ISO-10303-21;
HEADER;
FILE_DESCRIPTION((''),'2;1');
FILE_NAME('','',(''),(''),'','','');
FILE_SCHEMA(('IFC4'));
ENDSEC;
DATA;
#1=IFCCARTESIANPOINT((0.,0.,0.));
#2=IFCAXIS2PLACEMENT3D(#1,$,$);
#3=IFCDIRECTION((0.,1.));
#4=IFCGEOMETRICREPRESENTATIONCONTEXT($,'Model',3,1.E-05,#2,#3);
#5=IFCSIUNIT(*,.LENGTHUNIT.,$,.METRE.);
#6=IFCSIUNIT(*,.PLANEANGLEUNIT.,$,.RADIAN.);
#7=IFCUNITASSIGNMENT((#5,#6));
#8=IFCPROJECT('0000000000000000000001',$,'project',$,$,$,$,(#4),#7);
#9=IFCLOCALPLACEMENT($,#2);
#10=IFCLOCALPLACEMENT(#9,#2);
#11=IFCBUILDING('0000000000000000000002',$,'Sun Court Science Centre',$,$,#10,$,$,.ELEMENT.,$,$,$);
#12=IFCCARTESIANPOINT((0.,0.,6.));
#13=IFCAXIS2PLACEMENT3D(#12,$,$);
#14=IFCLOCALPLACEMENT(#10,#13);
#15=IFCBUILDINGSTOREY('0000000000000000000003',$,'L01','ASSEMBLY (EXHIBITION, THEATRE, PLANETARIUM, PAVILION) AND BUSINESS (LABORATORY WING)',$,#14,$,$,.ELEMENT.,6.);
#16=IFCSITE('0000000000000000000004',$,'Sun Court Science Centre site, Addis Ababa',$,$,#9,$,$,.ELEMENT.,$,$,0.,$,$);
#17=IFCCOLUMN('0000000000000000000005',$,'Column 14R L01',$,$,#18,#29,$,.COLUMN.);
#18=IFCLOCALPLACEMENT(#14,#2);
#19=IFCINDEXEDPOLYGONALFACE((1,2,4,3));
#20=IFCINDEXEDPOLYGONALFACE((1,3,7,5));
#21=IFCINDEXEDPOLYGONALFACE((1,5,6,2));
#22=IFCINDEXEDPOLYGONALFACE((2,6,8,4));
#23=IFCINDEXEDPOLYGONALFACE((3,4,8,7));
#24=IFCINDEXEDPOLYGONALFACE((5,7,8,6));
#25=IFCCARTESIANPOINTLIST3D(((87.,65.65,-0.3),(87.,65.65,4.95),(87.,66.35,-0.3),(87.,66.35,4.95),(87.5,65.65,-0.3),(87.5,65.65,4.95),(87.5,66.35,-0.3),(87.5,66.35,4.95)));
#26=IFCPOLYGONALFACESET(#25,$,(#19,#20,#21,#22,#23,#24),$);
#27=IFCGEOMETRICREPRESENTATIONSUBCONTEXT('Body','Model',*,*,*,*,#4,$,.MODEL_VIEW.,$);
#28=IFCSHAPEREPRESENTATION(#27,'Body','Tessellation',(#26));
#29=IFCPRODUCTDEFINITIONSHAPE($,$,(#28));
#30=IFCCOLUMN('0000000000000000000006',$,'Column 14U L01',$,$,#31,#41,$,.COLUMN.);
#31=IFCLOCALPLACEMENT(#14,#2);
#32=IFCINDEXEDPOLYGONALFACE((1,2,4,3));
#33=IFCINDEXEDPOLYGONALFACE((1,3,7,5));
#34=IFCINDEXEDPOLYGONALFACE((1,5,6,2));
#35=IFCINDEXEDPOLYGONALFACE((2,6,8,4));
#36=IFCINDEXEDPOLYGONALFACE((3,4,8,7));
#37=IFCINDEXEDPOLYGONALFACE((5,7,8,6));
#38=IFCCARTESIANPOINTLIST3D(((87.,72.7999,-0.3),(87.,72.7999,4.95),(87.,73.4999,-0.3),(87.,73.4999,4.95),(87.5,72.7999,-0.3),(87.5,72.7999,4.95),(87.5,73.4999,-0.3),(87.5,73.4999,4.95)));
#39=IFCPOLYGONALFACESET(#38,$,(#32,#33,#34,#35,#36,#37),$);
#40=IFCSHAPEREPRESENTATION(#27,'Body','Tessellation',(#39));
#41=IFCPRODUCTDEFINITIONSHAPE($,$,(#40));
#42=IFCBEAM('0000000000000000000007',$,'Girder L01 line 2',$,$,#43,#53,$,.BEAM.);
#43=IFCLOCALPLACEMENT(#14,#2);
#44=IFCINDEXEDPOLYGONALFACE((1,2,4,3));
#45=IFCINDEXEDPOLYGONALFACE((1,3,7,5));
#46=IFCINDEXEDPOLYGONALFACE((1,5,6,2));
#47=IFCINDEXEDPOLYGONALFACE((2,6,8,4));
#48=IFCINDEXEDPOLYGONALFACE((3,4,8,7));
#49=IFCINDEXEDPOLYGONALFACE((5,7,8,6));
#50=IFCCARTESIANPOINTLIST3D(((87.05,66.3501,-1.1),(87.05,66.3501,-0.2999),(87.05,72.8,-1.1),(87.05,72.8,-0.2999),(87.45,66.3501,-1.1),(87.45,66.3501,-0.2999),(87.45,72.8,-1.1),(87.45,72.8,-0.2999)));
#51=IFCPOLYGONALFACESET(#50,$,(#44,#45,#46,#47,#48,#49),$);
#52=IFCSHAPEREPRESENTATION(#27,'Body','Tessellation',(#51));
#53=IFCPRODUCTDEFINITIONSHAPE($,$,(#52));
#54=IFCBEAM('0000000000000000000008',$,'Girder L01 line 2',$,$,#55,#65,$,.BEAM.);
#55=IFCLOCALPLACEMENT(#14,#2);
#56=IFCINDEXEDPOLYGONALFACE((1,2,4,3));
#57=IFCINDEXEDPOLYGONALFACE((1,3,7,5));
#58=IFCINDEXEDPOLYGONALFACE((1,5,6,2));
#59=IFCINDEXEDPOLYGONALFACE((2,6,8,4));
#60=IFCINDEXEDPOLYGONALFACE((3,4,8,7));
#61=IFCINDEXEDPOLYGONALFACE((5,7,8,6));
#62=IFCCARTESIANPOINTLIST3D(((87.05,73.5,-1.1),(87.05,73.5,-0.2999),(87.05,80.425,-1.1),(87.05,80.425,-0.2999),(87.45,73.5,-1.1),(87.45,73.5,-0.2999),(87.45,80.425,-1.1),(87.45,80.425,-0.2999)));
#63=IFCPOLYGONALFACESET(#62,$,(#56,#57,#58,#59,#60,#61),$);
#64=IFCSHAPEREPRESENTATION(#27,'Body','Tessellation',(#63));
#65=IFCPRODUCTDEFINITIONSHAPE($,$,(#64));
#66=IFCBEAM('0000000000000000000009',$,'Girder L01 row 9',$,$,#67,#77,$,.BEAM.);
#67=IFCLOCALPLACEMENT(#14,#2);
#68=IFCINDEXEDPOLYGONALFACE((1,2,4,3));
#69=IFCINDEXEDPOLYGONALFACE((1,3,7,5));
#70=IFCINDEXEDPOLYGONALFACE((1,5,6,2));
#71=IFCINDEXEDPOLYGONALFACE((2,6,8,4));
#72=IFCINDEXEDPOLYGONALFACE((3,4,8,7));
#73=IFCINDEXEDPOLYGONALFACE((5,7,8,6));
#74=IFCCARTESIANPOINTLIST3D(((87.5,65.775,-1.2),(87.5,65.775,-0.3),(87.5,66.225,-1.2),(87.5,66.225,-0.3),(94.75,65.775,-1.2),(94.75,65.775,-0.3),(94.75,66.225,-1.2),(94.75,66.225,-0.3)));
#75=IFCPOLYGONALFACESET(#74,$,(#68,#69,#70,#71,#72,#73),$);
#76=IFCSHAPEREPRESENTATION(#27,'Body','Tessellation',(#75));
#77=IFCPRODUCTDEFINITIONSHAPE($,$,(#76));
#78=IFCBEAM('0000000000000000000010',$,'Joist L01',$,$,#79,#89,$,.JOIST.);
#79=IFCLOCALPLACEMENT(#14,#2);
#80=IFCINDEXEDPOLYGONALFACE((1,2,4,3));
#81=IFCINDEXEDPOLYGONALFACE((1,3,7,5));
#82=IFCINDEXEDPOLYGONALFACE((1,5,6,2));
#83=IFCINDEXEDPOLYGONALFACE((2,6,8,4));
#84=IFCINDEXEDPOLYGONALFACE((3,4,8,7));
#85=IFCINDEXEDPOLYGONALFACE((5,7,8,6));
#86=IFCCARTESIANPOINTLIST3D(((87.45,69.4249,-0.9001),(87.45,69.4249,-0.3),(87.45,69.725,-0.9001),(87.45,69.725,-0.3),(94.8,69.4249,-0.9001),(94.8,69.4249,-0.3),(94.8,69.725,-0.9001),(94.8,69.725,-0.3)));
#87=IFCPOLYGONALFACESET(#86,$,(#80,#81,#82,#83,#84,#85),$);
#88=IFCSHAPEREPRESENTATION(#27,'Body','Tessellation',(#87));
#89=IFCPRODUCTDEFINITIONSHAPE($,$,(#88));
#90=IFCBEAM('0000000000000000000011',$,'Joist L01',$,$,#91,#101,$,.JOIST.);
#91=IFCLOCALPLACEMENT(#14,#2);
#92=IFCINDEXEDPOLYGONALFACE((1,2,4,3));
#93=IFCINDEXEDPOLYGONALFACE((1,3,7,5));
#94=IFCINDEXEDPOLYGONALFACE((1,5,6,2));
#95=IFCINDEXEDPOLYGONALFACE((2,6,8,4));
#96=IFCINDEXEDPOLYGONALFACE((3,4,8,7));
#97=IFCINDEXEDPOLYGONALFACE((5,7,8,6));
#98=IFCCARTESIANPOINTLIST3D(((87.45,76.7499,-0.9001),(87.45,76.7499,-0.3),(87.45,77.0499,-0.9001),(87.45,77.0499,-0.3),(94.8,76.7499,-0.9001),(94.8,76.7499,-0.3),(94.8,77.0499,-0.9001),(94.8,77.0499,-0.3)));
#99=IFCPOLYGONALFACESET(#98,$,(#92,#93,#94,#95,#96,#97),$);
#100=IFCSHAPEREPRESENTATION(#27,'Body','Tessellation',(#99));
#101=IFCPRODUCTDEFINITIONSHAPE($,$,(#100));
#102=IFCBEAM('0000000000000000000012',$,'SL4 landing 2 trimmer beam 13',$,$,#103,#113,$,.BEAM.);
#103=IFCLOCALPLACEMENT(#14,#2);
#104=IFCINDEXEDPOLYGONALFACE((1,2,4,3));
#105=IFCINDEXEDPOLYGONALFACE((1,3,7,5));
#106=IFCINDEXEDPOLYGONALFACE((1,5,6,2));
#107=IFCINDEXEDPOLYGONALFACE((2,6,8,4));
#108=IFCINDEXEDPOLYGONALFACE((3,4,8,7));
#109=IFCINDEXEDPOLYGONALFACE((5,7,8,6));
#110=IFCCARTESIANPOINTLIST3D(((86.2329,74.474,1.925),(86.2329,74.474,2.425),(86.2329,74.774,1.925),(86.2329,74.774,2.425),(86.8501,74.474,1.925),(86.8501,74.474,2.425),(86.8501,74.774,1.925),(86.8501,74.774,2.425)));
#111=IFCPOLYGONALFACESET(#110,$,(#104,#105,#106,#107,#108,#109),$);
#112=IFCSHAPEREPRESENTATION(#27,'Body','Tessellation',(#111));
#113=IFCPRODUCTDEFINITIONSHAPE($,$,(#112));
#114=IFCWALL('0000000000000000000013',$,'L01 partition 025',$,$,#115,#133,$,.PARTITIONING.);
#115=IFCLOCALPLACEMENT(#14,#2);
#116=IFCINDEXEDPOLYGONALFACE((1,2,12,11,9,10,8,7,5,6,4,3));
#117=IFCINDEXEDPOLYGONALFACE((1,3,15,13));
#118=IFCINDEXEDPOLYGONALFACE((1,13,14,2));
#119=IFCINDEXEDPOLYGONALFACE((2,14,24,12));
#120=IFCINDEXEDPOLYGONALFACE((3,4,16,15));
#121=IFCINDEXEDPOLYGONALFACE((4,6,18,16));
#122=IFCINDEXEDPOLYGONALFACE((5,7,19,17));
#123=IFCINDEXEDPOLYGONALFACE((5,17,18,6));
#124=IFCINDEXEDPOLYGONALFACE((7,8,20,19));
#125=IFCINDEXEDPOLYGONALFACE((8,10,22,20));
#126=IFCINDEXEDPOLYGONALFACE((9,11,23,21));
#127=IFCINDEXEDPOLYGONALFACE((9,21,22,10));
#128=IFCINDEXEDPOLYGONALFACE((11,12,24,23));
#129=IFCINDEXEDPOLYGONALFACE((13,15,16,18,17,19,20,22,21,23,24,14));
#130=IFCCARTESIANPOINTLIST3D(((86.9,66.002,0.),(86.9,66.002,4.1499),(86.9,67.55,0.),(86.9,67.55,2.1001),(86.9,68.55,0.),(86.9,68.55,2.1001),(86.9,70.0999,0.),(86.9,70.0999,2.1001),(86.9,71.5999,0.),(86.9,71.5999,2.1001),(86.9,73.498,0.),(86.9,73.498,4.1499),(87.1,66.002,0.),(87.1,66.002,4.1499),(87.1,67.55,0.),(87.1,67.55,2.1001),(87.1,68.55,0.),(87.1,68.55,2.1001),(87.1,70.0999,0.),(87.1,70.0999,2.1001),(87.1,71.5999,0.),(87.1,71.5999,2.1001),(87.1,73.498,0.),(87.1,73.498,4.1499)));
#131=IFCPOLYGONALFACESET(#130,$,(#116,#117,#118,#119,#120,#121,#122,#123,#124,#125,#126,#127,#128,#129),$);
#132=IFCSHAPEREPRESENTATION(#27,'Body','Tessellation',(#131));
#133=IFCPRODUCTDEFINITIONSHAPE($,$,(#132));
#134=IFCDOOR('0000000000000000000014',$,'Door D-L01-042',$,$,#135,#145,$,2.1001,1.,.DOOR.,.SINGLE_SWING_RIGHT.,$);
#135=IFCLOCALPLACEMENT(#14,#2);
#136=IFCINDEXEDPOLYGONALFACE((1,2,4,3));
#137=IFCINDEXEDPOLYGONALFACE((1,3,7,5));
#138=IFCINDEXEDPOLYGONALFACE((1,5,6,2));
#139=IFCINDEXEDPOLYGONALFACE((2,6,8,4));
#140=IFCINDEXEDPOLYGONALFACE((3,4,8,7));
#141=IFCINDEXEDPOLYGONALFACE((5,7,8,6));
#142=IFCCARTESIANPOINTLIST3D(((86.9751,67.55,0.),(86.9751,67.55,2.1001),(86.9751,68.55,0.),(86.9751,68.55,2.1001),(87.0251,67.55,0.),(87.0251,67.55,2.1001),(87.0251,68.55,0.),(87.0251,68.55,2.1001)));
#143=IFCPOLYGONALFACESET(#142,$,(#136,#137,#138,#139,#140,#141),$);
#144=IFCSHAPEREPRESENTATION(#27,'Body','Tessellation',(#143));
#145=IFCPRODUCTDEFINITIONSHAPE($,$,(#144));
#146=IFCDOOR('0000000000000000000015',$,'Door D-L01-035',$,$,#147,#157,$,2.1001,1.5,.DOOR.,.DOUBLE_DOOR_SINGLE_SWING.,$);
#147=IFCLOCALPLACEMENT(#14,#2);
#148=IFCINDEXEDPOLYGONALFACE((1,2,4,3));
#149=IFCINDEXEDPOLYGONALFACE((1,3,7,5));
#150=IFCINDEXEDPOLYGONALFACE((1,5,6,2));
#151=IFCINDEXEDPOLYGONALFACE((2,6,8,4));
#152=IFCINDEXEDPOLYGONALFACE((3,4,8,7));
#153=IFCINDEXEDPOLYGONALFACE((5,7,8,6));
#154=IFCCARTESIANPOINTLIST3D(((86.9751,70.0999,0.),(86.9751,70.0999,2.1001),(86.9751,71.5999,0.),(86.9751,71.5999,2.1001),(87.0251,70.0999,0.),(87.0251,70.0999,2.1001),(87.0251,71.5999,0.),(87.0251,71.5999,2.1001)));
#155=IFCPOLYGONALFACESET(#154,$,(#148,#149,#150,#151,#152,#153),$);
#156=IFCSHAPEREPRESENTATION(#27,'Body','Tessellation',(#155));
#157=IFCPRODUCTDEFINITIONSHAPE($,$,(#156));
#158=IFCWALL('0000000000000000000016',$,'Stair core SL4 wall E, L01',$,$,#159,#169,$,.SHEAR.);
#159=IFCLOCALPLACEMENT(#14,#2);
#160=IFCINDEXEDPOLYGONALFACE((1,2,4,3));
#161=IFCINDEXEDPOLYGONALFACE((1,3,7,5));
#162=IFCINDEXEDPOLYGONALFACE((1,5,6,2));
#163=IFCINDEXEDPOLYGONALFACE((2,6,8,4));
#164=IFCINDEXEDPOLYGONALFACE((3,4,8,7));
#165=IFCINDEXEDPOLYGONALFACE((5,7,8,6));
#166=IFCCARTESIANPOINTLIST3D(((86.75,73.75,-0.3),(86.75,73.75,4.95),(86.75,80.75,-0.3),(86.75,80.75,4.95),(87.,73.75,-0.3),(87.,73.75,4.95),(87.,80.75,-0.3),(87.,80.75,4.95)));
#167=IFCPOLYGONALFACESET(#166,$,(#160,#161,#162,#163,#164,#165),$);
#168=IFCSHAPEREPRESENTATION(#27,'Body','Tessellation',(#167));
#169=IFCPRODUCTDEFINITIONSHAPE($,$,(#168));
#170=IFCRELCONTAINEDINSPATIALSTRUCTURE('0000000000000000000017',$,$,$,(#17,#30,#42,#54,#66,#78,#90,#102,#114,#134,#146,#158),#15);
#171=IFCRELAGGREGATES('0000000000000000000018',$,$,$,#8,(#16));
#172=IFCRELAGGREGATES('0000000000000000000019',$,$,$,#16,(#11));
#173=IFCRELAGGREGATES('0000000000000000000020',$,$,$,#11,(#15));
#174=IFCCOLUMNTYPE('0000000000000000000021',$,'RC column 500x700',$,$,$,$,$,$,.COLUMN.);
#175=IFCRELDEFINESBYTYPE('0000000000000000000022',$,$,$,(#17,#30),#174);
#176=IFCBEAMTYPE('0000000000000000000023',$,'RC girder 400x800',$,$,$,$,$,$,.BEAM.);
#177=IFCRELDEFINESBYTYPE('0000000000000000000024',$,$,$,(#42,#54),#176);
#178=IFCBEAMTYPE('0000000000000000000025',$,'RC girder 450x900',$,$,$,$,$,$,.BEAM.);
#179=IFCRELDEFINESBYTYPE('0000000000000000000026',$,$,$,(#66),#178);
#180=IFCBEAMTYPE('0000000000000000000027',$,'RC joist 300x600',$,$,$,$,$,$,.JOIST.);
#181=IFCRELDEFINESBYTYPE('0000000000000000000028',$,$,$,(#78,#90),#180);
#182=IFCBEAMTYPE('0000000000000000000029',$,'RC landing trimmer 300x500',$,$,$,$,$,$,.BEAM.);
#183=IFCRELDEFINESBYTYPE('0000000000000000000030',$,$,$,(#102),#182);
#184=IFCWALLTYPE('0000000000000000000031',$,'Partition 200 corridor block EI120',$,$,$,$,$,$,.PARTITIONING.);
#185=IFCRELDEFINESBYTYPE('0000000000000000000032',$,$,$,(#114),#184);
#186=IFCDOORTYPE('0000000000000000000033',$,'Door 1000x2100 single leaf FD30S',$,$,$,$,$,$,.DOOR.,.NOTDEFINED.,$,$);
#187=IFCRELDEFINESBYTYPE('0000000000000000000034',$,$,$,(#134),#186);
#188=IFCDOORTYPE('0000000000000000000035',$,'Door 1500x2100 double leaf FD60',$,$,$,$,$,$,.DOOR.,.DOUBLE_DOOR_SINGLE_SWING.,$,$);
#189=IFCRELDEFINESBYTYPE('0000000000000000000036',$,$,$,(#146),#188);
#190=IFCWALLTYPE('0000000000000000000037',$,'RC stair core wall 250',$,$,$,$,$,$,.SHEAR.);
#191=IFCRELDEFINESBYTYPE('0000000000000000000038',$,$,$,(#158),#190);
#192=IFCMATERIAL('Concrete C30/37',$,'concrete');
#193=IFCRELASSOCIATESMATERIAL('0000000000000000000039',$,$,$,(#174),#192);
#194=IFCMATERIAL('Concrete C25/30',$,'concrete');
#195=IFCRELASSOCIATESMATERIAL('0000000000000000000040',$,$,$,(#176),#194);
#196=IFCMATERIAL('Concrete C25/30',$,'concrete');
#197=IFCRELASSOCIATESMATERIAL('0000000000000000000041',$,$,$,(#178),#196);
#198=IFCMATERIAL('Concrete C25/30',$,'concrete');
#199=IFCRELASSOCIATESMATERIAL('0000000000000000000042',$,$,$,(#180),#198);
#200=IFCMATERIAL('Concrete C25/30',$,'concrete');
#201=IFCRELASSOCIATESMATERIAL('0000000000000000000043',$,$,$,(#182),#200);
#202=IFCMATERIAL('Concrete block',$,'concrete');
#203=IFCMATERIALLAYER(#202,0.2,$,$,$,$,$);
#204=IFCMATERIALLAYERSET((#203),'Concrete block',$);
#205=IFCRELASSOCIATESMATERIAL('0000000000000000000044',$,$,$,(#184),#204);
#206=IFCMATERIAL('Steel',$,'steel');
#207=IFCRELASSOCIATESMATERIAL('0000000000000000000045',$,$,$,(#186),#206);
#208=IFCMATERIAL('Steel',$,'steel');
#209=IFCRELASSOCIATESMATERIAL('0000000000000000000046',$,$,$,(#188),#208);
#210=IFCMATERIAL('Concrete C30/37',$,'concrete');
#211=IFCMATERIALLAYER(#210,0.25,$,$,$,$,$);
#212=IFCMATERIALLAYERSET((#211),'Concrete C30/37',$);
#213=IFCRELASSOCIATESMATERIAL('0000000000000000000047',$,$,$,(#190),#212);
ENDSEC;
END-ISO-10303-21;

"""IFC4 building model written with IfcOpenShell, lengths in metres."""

from ifc_helpers import new_model, si_unit, direction, frame, frame_2d, origin, origin_2d, place, context, subcontext, project, spatial, rectangle, extrude, material, layer, layer_set, material_profile, profile_set, type_object, element, fill, save


model = new_model("IFC4")

# Units and contexts
model_context = context("Model", 3, precision=1e-05, world=origin(), true_north=direction((0.0, 1.0)))
body_context = subcontext(model_context, "Body", "Model", "MODEL_VIEW")
ifc_project = project(units=[si_unit("LENGTHUNIT", "METRE"), si_unit("PLANEANGLEUNIT", "RADIAN")], contexts=[model_context])

# Site, building, storey
site_placement = place(None, origin())
site = spatial("IfcSite", under=ifc_project, at=site_placement, Name="Sun Court Science Centre site, Addis Ababa", CompositionType="ELEMENT", RefElevation=0.0)
building_placement = place(site_placement, origin())
building = spatial("IfcBuilding", under=site, at=building_placement, Name="Sun Court Science Centre", CompositionType="ELEMENT")
storey_placement = place(building_placement, frame((0.0, 0.0, 6.0)))
storey = spatial("IfcBuildingStorey", under=building, at=storey_placement, Name="L01", Description="ASSEMBLY (EXHIBITION, THEATRE, PLANETARIUM, PAVILION) AND BUSINESS (LABORATORY WING)", CompositionType="ELEMENT", Elevation=6.0)

# Columns
ifc_material_1 = material(Name="Concrete C30/37", Category="concrete")
ifc_material_profile_1 = material_profile(ifc_material_1, rectangle(XDim=0.5, YDim=0.7, at=origin_2d()), Name="RC 500x700")
ifc_profile_set_1 = profile_set([ifc_material_profile_1], Name="Concrete C30/37")
column_type = type_object("IfcColumnType", Name="RC column 500x700", PredefinedType="COLUMN", material=ifc_profile_set_1)
for number, where, z_axis, x_axis, name in (
    (1, (87.25, 66.0, -0.3), (0.0, 0.0, 1.0), (1.0, 0.0, 0.0), "Column 14R L01"),
    (2, (87.25, 73.1499, -0.3), (0.0, 0.0, 1.0), (1.0, 0.0, 0.0), "Column 14U L01"),
):
    element("IfcColumn", number, at=place(storey_placement, frame(where, z_axis=z_axis, x_axis=x_axis)), inside=storey, type_object=column_type, Name=name, PredefinedType="COLUMN", context=body_context, shape_type="SweptSolid", body=[
        extrude(rectangle(XDim=0.5, YDim=0.7, at=origin_2d()), origin(), (0.0, 0.0, 1.0), 5.25),
    ])

# Beams
ifc_material_2 = material(Name="Concrete C25/30", Category="concrete")
ifc_material_profile_2 = material_profile(ifc_material_2, rectangle(XDim=0.3999, YDim=0.8, at=origin_2d()), Name="RC 400x800")
ifc_profile_set_2 = profile_set([ifc_material_profile_2], Name="Concrete C25/30")
beam_type_1 = type_object("IfcBeamType", Name="RC girder 400x800", PredefinedType="BEAM", material=ifc_profile_set_2)
beam_1_placement = place(storey_placement, frame((87.25, 66.3501, -0.7), z_axis=(0.0, 1.0, 0.0), x_axis=(-1.0, 0.0, 0.0)))
element("IfcBeam", 3, at=beam_1_placement, inside=storey, type_object=beam_type_1, Name="Girder L01 line 2", PredefinedType="BEAM", context=body_context, shape_type="SweptSolid", body=[
    extrude(rectangle(XDim=0.3999, YDim=0.8, at=origin_2d()), origin(), (0.0, 0.0, 1.0), 6.45),
])
beam_2_placement = place(storey_placement, frame((87.25, 73.5, -0.7), z_axis=(0.0, 1.0, 0.0), x_axis=(-1.0, 0.0, 0.0)))
element("IfcBeam", 4, at=beam_2_placement, inside=storey, type_object=beam_type_1, Name="Girder L01 line 2", PredefinedType="BEAM", context=body_context, shape_type="SweptSolid", body=[
    extrude(rectangle(XDim=0.3999, YDim=0.8, at=origin_2d()), origin(), (0.0, 0.0, 1.0), 6.925),
])
ifc_material_3 = material(Name="Concrete C25/30", Category="concrete")
ifc_material_profile_3 = material_profile(ifc_material_3, rectangle(XDim=0.45, YDim=0.8999, at=origin_2d()), Name="RC 450x900")
ifc_profile_set_3 = profile_set([ifc_material_profile_3], Name="Concrete C25/30")
beam_type_2 = type_object("IfcBeamType", Name="RC girder 450x900", PredefinedType="BEAM", material=ifc_profile_set_3)
beam_3_placement = place(storey_placement, frame((87.5, 66.0, -0.75), z_axis=(1.0, 0.0, 0.0), x_axis=(0.0, 1.0, 0.0)))
element("IfcBeam", 5, at=beam_3_placement, inside=storey, type_object=beam_type_2, Name="Girder L01 row 9", PredefinedType="BEAM", context=body_context, shape_type="SweptSolid", body=[
    extrude(rectangle(XDim=0.45, YDim=0.8999, at=origin_2d()), origin(), (0.0, 0.0, 1.0), 7.25),
])
ifc_material_4 = material(Name="Concrete C25/30", Category="concrete")
ifc_material_profile_4 = material_profile(ifc_material_4, rectangle(XDim=0.3, YDim=0.6001, at=origin_2d()), Name="RC 300x600")
ifc_profile_set_4 = profile_set([ifc_material_profile_4], Name="Concrete C25/30")
beam_type_3 = type_object("IfcBeamType", Name="RC joist 300x600", PredefinedType="JOIST", material=ifc_profile_set_4)
for number, where, z_axis, x_axis, name in (
    (6, (87.45, 69.575, -0.6001), (1.0, 0.0, 0.0), (0.0, 1.0, 0.0), "Joist L01"),
    (7, (87.45, 76.8999, -0.6001), (1.0, 0.0, 0.0), (0.0, 1.0, 0.0), "Joist L01"),
):
    element("IfcBeam", number, at=place(storey_placement, frame(where, z_axis=z_axis, x_axis=x_axis)), inside=storey, type_object=beam_type_3, Name=name, PredefinedType="JOIST", context=body_context, shape_type="SweptSolid", body=[
        extrude(rectangle(XDim=0.3, YDim=0.6001, at=origin_2d()), origin(), (0.0, 0.0, 1.0), 7.3501),
    ])
ifc_material_5 = material(Name="Concrete C25/30", Category="concrete")
ifc_material_profile_5 = material_profile(ifc_material_5, rectangle(XDim=0.3, YDim=0.5, at=origin_2d()), Name="RC 300x500")
ifc_profile_set_5 = profile_set([ifc_material_profile_5], Name="Concrete C25/30")
beam_type_4 = type_object("IfcBeamType", Name="RC landing trimmer 300x500", PredefinedType="BEAM", material=ifc_profile_set_5)
beam_4_placement = place(storey_placement, frame((86.8501, 74.624, 2.175), z_axis=(-1.0, 0.0, 0.0), x_axis=(0.0, -1.0, 0.0)))
element("IfcBeam", 8, at=beam_4_placement, inside=storey, type_object=beam_type_4, Name="SL4 landing 2 trimmer beam 13", PredefinedType="BEAM", context=body_context, shape_type="SweptSolid", body=[
    extrude(rectangle(XDim=0.3, YDim=0.5, at=origin_2d()), origin(), (0.0, 0.0, 1.0), 0.6172),
])

# Wall, openings, doors
ifc_material_6 = material(Name="Concrete block", Category="concrete")
ifc_layer_1 = layer(ifc_material_6, 0.2)
ifc_layer_set_1 = layer_set([ifc_layer_1], Name="Concrete block")
wall_type_1 = type_object("IfcWallType", Name="Partition 200 corridor block EI120", PredefinedType="PARTITIONING", material=ifc_layer_set_1)
wall_1_placement = place(storey_placement, frame((87.0, 66.002, 0.0), z_axis=(0.0, 0.0, 1.0), x_axis=(0.0, 1.0, 0.0)))
wall_1 = element("IfcWall", 9, at=wall_1_placement, inside=storey, type_object=wall_type_1, Name="L01 partition 025", PredefinedType="PARTITIONING", context=body_context, shape_type="SweptSolid", body=[
    extrude(rectangle(XDim=7.4961, YDim=0.2, at=frame_2d((3.748, 0.0))), origin(), (0.0, 0.0, 1.0), 4.1499),
])
opening_1_placement = place(wall_1_placement, frame((4.0979, 0.0, 0.0)))
opening_1 = element("IfcOpeningElement", 10, at=opening_1_placement, cuts=wall_1, PredefinedType="OPENING", context=body_context, shape_type="SweptSolid", body=[
    extrude(rectangle(XDim=1.5, YDim=2.1001, at=frame_2d((0.75, 1.05))), frame((0.0, 0.1099, 0.0), z_axis=(0.0, -1.0, 0.0), x_axis=(1.0, 0.0, 0.0)), (0.0, 0.0, 1.0), 0.22),
])
opening_2_placement = place(wall_1_placement, frame((1.5481, 0.0, 0.0)))
opening_2 = element("IfcOpeningElement", 11, at=opening_2_placement, cuts=wall_1, PredefinedType="OPENING", context=body_context, shape_type="SweptSolid", body=[
    extrude(rectangle(XDim=1.0, YDim=2.1001, at=frame_2d((0.5, 1.05))), frame((0.0, 0.1099, 0.0), z_axis=(0.0, -1.0, 0.0), x_axis=(1.0, 0.0, 0.0)), (0.0, 0.0, 1.0), 0.22),
])
ifc_material_7 = material(Name="Steel", Category="steel")
door_type_1 = type_object("IfcDoorType", Name="Door 1000x2100 single leaf FD30S", OperationType="NOTDEFINED", PredefinedType="DOOR", material=ifc_material_7)
door_1_placement = place(opening_2_placement, origin())
door_1 = element("IfcDoor", 12, at=door_1_placement, inside=storey, type_object=door_type_1, Name="Door D-L01-042", OperationType="SINGLE_SWING_RIGHT", OverallHeight=2.1001, OverallWidth=1.0, PredefinedType="DOOR", context=body_context, shape_type="SweptSolid", body=[
    extrude(rectangle(XDim=1.0, YDim=2.1001, at=frame_2d((0.5, 1.05))), frame((0.0, 0.0249, 0.0), z_axis=(0.0, -1.0, 0.0), x_axis=(1.0, 0.0, 0.0)), (0.0, 0.0, 1.0), 0.05),
])
fill(opening_2, door_1)
ifc_material_8 = material(Name="Steel", Category="steel")
door_type_2 = type_object("IfcDoorType", Name="Door 1500x2100 double leaf FD60", OperationType="DOUBLE_DOOR_SINGLE_SWING", PredefinedType="DOOR", material=ifc_material_8)
door_2_placement = place(opening_1_placement, origin())
door_2 = element("IfcDoor", 13, at=door_2_placement, inside=storey, type_object=door_type_2, Name="Door D-L01-035", OperationType="DOUBLE_DOOR_SINGLE_SWING", OverallHeight=2.1001, OverallWidth=1.5, PredefinedType="DOOR", context=body_context, shape_type="SweptSolid", body=[
    extrude(rectangle(XDim=1.5, YDim=2.1001, at=frame_2d((0.75, 1.05))), frame((0.0, 0.0249, 0.0), z_axis=(0.0, -1.0, 0.0), x_axis=(1.0, 0.0, 0.0)), (0.0, 0.0, 1.0), 0.05),
])
fill(opening_1, door_2)

# Wall
ifc_material_9 = material(Name="Concrete C30/37", Category="concrete")
ifc_layer_2 = layer(ifc_material_9, 0.25)
ifc_layer_set_2 = layer_set([ifc_layer_2], Name="Concrete C30/37")
wall_type_2 = type_object("IfcWallType", Name="RC stair core wall 250", PredefinedType="SHEAR", material=ifc_layer_set_2)
wall_2_placement = place(storey_placement, frame((86.875, 73.75, -0.3), z_axis=(0.0, 0.0, 1.0), x_axis=(0.0, 1.0, 0.0)))
element("IfcWall", 14, at=wall_2_placement, inside=storey, type_object=wall_type_2, Name="Stair core SL4 wall E, L01", PredefinedType="SHEAR", context=body_context, shape_type="SweptSolid", body=[
    extrude(rectangle(XDim=7.0, YDim=0.25, at=frame_2d((3.5, 0.0))), origin(), (0.0, 0.0, 1.0), 5.25),
])

save(model, "model.ifc")
